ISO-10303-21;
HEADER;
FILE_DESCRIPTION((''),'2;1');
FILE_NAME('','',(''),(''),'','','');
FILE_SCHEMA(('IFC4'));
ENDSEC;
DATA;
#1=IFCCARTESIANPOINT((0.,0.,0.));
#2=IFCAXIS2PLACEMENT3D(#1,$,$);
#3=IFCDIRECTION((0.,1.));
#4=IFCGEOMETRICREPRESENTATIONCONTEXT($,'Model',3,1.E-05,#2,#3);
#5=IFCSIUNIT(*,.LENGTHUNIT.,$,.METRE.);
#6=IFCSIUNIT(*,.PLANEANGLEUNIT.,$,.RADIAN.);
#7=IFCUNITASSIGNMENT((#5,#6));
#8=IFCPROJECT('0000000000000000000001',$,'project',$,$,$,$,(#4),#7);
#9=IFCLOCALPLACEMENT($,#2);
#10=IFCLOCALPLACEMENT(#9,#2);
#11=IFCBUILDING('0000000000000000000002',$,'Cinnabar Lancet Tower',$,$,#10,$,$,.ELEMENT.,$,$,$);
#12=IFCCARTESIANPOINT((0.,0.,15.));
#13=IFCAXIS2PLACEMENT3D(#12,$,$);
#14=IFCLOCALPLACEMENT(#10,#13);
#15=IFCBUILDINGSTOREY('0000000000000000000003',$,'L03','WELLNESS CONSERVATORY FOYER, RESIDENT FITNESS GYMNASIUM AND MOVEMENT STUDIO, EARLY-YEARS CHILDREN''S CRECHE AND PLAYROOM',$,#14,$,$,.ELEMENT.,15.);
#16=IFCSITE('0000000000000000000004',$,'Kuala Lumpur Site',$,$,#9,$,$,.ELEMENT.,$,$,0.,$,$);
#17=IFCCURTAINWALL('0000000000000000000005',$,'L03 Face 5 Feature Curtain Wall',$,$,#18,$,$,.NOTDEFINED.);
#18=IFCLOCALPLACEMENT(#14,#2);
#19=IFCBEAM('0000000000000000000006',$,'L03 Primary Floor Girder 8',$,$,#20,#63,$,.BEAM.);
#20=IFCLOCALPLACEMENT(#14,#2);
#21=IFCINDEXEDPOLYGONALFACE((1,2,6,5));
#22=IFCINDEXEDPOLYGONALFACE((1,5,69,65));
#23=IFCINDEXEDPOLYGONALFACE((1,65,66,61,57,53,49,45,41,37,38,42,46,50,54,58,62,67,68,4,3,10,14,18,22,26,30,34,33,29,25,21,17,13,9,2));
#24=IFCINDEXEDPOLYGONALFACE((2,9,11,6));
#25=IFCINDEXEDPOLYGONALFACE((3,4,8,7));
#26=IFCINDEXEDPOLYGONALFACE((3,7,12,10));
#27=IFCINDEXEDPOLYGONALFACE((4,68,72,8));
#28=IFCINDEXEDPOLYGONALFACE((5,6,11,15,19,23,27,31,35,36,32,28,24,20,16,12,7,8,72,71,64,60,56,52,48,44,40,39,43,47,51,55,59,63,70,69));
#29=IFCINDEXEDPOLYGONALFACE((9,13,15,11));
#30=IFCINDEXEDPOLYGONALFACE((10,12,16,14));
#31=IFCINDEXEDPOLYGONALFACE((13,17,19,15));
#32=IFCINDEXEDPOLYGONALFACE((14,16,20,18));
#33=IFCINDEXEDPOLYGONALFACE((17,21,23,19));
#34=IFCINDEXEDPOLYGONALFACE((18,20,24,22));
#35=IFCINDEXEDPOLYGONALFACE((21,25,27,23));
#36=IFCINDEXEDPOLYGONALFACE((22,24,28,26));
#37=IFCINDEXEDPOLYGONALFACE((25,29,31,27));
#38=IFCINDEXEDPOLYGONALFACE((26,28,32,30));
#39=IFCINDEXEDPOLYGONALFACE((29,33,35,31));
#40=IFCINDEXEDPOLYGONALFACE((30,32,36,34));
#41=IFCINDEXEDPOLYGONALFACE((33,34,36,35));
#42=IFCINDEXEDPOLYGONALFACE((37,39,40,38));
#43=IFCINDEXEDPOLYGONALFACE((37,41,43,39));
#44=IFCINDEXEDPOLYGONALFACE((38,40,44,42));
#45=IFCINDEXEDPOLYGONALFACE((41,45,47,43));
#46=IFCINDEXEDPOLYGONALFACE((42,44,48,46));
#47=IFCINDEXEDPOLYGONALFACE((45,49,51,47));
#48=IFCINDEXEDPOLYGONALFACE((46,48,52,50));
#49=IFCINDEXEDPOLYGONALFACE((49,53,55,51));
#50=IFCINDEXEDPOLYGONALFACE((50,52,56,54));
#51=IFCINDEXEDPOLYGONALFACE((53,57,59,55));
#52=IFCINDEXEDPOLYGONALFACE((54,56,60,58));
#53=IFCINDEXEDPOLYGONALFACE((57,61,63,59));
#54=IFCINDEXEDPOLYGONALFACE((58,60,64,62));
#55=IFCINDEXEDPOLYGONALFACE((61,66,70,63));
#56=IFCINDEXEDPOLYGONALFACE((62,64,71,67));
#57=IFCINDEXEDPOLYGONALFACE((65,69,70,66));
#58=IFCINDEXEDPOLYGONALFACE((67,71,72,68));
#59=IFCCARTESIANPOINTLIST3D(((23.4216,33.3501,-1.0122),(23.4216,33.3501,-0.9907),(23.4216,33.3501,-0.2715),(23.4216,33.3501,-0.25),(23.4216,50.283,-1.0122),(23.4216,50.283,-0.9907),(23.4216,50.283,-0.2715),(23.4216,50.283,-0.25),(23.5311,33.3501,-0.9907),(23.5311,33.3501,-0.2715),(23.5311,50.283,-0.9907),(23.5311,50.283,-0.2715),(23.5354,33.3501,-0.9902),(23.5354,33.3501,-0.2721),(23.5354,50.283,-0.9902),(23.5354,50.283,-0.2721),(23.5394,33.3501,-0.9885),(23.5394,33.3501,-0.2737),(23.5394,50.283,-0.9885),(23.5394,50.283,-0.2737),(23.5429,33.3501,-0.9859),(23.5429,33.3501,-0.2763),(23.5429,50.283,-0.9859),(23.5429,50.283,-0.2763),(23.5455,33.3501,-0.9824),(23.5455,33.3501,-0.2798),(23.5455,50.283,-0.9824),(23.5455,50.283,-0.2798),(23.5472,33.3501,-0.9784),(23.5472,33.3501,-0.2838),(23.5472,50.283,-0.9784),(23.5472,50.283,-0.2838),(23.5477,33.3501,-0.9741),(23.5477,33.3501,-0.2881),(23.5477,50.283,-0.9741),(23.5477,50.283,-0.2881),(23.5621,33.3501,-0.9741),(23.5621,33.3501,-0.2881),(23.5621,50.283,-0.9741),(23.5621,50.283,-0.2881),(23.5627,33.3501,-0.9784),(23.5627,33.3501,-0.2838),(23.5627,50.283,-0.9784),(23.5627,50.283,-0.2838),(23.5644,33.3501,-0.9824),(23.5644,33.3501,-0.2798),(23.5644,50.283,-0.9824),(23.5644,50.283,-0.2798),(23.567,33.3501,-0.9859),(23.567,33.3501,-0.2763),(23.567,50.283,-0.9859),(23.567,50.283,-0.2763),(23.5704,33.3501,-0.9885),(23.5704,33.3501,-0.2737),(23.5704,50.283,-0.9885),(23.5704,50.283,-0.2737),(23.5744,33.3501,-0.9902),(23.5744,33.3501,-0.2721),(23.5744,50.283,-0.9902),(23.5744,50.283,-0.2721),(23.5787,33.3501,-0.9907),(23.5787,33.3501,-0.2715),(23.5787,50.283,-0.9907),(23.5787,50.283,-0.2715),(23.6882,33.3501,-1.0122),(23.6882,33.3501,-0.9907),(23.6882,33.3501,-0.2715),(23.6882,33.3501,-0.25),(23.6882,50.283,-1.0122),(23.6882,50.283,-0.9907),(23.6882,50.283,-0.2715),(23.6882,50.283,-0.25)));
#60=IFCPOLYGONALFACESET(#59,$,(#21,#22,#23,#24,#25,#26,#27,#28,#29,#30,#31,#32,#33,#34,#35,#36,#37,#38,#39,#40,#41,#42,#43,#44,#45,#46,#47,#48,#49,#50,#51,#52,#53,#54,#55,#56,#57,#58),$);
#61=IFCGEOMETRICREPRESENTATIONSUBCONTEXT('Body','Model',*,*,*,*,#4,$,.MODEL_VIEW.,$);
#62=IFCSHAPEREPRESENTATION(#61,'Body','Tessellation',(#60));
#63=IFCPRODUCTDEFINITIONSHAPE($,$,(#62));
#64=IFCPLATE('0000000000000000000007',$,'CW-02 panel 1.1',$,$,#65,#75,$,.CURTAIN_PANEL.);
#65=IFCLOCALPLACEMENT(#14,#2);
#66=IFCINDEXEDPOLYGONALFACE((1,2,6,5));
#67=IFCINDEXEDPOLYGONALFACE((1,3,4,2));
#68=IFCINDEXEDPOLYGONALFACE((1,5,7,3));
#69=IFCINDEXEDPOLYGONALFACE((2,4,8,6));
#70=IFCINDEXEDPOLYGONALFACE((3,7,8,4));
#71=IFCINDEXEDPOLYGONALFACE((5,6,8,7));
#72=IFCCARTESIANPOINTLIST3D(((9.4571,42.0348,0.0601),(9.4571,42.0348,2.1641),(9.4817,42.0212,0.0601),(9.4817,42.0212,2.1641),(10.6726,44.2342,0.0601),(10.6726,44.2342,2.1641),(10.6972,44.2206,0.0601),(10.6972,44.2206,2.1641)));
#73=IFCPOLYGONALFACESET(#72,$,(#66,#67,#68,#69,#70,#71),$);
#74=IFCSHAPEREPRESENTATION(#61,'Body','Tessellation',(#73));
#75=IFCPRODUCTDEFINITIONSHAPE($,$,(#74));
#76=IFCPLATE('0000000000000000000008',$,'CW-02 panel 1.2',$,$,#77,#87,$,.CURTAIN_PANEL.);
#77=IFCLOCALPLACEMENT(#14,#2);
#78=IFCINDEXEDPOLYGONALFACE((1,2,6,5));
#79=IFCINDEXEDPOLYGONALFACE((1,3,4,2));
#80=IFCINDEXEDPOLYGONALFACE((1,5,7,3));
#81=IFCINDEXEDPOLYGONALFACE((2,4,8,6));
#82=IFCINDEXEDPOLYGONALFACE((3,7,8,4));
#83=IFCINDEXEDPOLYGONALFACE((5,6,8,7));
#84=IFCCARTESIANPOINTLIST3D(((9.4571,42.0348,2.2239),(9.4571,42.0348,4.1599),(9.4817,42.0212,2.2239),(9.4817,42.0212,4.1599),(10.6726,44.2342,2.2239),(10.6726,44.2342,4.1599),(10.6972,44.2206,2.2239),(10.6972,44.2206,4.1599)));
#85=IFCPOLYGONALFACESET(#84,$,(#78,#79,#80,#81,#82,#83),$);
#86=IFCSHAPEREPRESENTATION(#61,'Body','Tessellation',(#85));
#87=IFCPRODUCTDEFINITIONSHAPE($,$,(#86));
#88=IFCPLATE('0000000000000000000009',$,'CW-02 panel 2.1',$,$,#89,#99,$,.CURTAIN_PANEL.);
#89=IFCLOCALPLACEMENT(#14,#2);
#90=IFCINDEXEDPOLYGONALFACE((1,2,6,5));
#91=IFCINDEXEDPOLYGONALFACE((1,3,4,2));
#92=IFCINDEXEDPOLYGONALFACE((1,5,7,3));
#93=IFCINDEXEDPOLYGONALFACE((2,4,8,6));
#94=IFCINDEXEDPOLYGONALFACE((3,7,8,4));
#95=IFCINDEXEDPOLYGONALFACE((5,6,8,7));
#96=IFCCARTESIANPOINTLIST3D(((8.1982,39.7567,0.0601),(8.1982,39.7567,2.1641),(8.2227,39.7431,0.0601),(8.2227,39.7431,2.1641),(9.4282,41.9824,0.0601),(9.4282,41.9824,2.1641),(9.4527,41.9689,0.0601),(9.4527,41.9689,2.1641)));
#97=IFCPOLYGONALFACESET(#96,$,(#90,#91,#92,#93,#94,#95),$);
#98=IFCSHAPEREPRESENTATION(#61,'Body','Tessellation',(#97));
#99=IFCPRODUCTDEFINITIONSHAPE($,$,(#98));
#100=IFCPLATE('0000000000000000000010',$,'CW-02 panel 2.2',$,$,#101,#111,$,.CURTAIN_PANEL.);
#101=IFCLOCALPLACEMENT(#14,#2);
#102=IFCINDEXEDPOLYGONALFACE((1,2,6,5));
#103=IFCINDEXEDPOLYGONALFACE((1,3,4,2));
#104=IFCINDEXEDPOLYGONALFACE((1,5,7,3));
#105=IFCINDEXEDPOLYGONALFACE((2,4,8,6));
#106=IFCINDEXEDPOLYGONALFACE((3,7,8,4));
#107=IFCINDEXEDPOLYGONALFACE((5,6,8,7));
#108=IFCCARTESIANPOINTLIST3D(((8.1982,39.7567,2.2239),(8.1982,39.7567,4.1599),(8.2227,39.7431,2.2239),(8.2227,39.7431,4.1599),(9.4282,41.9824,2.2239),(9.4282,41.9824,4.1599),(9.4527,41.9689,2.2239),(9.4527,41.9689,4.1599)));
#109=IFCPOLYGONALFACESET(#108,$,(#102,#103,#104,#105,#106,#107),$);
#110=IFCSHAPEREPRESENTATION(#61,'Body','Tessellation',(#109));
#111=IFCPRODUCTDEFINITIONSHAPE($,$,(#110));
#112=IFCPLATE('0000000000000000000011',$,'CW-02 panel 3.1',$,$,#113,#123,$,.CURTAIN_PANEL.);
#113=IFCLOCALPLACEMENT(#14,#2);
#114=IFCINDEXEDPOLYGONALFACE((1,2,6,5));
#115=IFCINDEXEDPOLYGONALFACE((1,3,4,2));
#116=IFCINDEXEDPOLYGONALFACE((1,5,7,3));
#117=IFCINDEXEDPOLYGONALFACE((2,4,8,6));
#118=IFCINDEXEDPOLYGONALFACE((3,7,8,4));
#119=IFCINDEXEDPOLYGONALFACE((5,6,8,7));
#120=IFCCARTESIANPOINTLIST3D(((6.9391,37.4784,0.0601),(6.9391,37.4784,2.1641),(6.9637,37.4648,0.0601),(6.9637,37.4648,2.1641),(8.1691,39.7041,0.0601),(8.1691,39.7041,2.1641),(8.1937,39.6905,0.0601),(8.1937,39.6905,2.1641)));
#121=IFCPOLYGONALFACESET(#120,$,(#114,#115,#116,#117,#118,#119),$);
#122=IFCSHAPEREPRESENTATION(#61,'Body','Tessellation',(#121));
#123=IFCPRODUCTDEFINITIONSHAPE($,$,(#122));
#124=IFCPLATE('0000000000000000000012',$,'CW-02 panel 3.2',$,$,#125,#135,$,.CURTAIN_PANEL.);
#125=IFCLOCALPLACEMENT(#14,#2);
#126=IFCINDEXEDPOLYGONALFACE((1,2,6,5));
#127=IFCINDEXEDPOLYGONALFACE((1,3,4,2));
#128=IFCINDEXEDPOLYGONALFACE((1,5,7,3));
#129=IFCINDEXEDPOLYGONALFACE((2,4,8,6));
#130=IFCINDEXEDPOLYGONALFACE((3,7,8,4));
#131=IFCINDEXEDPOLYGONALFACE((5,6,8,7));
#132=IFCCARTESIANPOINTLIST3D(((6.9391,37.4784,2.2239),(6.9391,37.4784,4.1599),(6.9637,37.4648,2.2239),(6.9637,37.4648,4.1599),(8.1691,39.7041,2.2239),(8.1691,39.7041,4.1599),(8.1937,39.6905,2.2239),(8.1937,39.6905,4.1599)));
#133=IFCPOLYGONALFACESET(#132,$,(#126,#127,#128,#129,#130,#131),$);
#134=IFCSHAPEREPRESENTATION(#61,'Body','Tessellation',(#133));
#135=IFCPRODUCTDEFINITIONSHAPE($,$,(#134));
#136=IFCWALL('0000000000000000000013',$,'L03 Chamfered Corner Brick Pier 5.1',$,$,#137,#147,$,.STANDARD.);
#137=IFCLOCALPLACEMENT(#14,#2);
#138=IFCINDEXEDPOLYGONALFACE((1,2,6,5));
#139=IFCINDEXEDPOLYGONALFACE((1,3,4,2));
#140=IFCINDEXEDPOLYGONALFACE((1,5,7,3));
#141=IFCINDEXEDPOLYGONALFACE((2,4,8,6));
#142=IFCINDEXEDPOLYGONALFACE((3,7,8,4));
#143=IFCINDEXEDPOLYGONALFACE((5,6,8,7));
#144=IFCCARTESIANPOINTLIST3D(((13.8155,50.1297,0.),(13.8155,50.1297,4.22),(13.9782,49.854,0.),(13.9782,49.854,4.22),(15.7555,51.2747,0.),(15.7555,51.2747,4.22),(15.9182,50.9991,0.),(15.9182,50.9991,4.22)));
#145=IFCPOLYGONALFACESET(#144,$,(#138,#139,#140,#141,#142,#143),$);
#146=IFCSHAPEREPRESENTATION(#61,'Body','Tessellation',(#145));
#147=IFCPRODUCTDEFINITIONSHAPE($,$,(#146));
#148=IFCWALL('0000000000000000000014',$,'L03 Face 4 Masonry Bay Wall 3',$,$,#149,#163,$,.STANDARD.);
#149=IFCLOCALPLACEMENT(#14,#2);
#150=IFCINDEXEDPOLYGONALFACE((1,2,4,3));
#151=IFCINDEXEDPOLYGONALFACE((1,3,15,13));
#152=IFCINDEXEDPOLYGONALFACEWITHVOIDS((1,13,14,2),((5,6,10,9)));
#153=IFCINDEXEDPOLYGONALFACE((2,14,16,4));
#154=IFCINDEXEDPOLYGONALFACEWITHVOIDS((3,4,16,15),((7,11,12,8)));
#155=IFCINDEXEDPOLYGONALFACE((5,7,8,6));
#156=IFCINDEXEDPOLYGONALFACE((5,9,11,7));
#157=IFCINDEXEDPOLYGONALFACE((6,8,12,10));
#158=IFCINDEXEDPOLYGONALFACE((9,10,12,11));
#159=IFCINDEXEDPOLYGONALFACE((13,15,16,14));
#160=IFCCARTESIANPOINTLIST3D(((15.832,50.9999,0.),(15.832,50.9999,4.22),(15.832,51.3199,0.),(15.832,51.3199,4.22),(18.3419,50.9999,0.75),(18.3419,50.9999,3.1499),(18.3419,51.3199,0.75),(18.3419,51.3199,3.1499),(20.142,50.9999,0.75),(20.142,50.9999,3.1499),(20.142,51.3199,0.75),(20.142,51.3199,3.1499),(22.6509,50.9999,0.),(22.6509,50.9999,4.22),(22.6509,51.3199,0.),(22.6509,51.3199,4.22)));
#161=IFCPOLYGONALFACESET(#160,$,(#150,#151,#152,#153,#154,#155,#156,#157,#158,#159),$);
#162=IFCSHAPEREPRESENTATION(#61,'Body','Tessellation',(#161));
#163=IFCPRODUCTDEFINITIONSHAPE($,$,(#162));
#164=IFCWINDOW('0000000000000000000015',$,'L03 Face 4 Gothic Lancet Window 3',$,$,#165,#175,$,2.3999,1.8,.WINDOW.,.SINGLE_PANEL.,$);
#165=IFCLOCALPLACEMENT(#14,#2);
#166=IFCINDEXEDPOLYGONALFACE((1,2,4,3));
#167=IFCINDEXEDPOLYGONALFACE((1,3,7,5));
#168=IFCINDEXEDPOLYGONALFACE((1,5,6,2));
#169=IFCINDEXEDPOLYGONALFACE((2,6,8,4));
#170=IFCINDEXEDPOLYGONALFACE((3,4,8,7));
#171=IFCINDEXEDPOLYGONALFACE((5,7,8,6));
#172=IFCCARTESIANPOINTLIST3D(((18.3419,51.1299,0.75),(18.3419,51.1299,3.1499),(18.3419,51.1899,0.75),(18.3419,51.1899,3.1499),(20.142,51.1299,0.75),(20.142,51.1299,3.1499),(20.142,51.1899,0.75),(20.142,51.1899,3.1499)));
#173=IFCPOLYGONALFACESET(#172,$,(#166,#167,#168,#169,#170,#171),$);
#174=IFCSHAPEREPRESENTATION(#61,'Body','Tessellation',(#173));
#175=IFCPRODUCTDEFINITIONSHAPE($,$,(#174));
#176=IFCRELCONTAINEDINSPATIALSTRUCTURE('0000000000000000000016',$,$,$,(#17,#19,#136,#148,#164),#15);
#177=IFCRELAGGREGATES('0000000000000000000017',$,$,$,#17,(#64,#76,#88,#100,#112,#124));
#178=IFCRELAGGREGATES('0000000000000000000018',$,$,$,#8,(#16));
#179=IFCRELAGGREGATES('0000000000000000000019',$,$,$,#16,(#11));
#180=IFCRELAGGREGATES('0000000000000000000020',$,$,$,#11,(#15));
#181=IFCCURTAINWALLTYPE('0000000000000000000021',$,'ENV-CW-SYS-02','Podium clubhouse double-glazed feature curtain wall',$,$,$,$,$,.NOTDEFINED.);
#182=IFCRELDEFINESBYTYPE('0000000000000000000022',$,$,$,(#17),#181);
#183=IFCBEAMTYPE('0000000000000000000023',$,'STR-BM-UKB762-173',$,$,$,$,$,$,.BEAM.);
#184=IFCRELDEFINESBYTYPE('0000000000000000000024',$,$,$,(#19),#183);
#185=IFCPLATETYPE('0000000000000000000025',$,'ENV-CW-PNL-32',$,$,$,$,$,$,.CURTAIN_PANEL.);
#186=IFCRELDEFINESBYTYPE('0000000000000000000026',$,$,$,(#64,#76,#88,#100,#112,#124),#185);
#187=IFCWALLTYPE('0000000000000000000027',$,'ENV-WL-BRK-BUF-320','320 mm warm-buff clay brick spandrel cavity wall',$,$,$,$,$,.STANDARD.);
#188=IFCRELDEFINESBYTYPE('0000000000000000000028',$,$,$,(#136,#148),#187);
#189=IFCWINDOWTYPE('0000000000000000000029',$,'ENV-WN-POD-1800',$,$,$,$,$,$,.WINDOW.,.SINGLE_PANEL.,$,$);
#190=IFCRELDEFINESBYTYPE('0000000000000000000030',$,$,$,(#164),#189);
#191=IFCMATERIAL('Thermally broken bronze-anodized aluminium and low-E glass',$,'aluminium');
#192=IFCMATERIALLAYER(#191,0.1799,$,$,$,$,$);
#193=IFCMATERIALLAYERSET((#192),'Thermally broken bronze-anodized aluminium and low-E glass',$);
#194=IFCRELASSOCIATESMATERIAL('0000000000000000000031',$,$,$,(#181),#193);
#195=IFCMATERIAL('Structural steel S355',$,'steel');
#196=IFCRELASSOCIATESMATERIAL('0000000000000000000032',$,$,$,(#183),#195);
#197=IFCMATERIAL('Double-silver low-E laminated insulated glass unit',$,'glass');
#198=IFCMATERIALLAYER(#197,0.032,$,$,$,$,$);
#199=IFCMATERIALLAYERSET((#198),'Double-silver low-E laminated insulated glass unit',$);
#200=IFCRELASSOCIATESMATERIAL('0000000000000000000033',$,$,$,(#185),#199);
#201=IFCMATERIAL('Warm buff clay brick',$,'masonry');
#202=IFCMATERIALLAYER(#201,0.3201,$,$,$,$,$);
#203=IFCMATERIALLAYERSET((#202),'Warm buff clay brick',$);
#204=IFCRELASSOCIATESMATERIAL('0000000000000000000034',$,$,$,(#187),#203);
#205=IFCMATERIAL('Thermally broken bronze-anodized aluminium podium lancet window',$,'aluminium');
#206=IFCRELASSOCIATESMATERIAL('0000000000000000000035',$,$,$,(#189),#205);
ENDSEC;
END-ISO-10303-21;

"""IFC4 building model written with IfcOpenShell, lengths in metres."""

from ifc_helpers import new_model, si_unit, direction, frame, frame_2d, origin, origin_2d, place, context, subcontext, project, spatial, rectangle, i_section, extrude, material, layer, layer_set, material_profile, profile_set, type_object, element, fill, aggregate, save


model = new_model("IFC4")

# Units and contexts
model_context = context("Model", 3, precision=1e-05, world=origin(), true_north=direction((0.0, 1.0)))
body_context = subcontext(model_context, "Body", "Model", "MODEL_VIEW")
ifc_project = project(units=[si_unit("LENGTHUNIT", "METRE"), si_unit("PLANEANGLEUNIT", "RADIAN")], contexts=[model_context])

# Site, building, storey
site_placement = place(None, origin())
site = spatial("IfcSite", under=ifc_project, at=site_placement, Name="Kuala Lumpur Site", CompositionType="ELEMENT", RefElevation=0.0)
building_placement = place(site_placement, origin())
building = spatial("IfcBuilding", under=site, at=building_placement, Name="Cinnabar Lancet Tower", CompositionType="ELEMENT")
storey_placement = place(building_placement, frame((0.0, 0.0, 15.0)))
storey = spatial("IfcBuildingStorey", under=building, at=storey_placement, Name="L03", Description="WELLNESS CONSERVATORY FOYER, RESIDENT FITNESS GYMNASIUM AND MOVEMENT STUDIO, EARLY-YEARS CHILDREN'S CRECHE AND PLAYROOM", CompositionType="ELEMENT", Elevation=15.0)

# Curtain wall
ifc_material_1 = material(Name="Thermally broken bronze-anodized aluminium and low-E glass", Category="aluminium")
ifc_layer_1 = layer(ifc_material_1, 0.1799)
ifc_layer_set_1 = layer_set([ifc_layer_1], Name="Thermally broken bronze-anodized aluminium and low-E glass")
curtain_wall_type = type_object("IfcCurtainWallType", Name="ENV-CW-SYS-02", Description="Podium clubhouse double-glazed feature curtain wall", PredefinedType="NOTDEFINED", material=ifc_layer_set_1)
curtain_wall_placement = place(storey_placement, origin())
curtain_wall = element("IfcCurtainWall", 1, at=curtain_wall_placement, inside=storey, type_object=curtain_wall_type, Name="L03 Face 5 Feature Curtain Wall", PredefinedType="NOTDEFINED")

# Beam
ifc_material_2 = material(Name="Structural steel S355", Category="steel")
ifc_material_profile_1 = material_profile(ifc_material_2, i_section(OverallWidth=0.2666, OverallDepth=0.7622, WebThickness=0.0144, FlangeThickness=0.0215, FilletRadius=0.0166, at=origin_2d()), Name="UKB 762x267x173")
ifc_profile_set_1 = profile_set([ifc_material_profile_1], Name="Structural steel S355")
beam_type_1 = type_object("IfcBeamType", Name="STR-BM-UKB762-173", PredefinedType="BEAM", material=ifc_profile_set_1)
beam_1_placement = place(storey_placement, frame((23.5549, 50.283, -0.6311), z_axis=(0.0, -1.0, 0.0), x_axis=(1.0, 0.0, 0.0)))
element("IfcBeam", 2, at=beam_1_placement, inside=storey, type_object=beam_type_1, Name="L03 Primary Floor Girder 8", PredefinedType="BEAM", context=body_context, shape_type="SweptSolid", body=[
    extrude(i_section(OverallWidth=0.2666, OverallDepth=0.7622, WebThickness=0.0144, FlangeThickness=0.0215, FilletRadius=0.0166, at=origin_2d()), origin(), (0.0, 0.0, 1.0), 16.9329),
])

# Plates
ifc_material_3 = material(Name="Double-silver low-E laminated insulated glass unit", Category="glass")
ifc_layer_2 = layer(ifc_material_3, 0.032)
ifc_layer_set_2 = layer_set([ifc_layer_2], Name="Double-silver low-E laminated insulated glass unit")
plate_type = type_object("IfcPlateType", Name="ENV-CW-PNL-32", PredefinedType="CURTAIN_PANEL", material=ifc_layer_set_2)
plate_1_placement = place(storey_placement, frame((10.0771, 43.1277, 0.0601), z_axis=(0.0, 0.0, 1.0), x_axis=(-0.483685, -0.875242, 0.0)))
plate_1 = element("IfcPlate", 3, at=plate_1_placement, type_object=plate_type, Name="CW-02 panel 1.1", PredefinedType="CURTAIN_PANEL", context=body_context, shape_type="SweptSolid", body=[
    extrude(rectangle(XDim=2.5129, YDim=0.0281, at=origin_2d()), origin(), (0.0, 0.0, 1.0), 2.104),
])
plate_2_placement = place(storey_placement, frame((10.0771, 43.1277, 2.2239), z_axis=(0.0, 0.0, 1.0), x_axis=(-0.483685, -0.875242, 0.0)))
plate_2 = element("IfcPlate", 4, at=plate_2_placement, type_object=plate_type, Name="CW-02 panel 1.2", PredefinedType="CURTAIN_PANEL", context=body_context, shape_type="SweptSolid", body=[
    extrude(rectangle(XDim=2.5129, YDim=0.0281, at=origin_2d()), origin(), (0.0, 0.0, 1.0), 1.936),
])
plate_3_placement = place(storey_placement, frame((8.8254, 40.8628, 0.0601), z_axis=(0.0, 0.0, 1.0), x_axis=(-0.483685, -0.875242, 0.0)))
plate_3 = element("IfcPlate", 5, at=plate_3_placement, type_object=plate_type, Name="CW-02 panel 2.1", PredefinedType="CURTAIN_PANEL", context=body_context, shape_type="SweptSolid", body=[
    extrude(rectangle(XDim=2.543, YDim=0.0281, at=origin_2d()), origin(), (0.0, 0.0, 1.0), 2.104),
])
plate_4_placement = place(storey_placement, frame((8.8254, 40.8628, 2.2239), z_axis=(0.0, 0.0, 1.0), x_axis=(-0.483685, -0.875242, 0.0)))
plate_4 = element("IfcPlate", 6, at=plate_4_placement, type_object=plate_type, Name="CW-02 panel 2.2", PredefinedType="CURTAIN_PANEL", context=body_context, shape_type="SweptSolid", body=[
    extrude(rectangle(XDim=2.543, YDim=0.0281, at=origin_2d()), origin(), (0.0, 0.0, 1.0), 1.936),
])
plate_5_placement = place(storey_placement, frame((7.5664, 38.5845, 0.0601), z_axis=(0.0, 0.0, 1.0), x_axis=(-0.483685, -0.875242, 0.0)))
plate_5 = element("IfcPlate", 7, at=plate_5_placement, type_object=plate_type, Name="CW-02 panel 3.1", PredefinedType="CURTAIN_PANEL", context=body_context, shape_type="SweptSolid", body=[
    extrude(rectangle(XDim=2.543, YDim=0.0281, at=origin_2d()), origin(), (0.0, 0.0, 1.0), 2.104),
])
plate_6_placement = place(storey_placement, frame((7.5664, 38.5845, 2.2239), z_axis=(0.0, 0.0, 1.0), x_axis=(-0.483685, -0.875242, 0.0)))
plate_6 = element("IfcPlate", 8, at=plate_6_placement, type_object=plate_type, Name="CW-02 panel 3.2", PredefinedType="CURTAIN_PANEL", context=body_context, shape_type="SweptSolid", body=[
    extrude(rectangle(XDim=2.543, YDim=0.0281, at=origin_2d()), origin(), (0.0, 0.0, 1.0), 1.936),
])
aggregate(curtain_wall, [plate_1, plate_2, plate_3, plate_4, plate_5, plate_6])

# Wall
ifc_material_4 = material(Name="Warm buff clay brick", Category="masonry")
ifc_layer_3 = layer(ifc_material_4, 0.3201)
ifc_layer_set_3 = layer_set([ifc_layer_3], Name="Warm buff clay brick")
wall_type = type_object("IfcWallType", Name="ENV-WL-BRK-BUF-320", Description="320 mm warm-buff clay brick spandrel cavity wall", PredefinedType="STANDARD", material=ifc_layer_set_3)
wall_1_placement = place(storey_placement, frame((15.8369, 51.137, 0.0), z_axis=(0.0, 0.0, 1.0), x_axis=(-0.861181, -0.508298, 0.0)))
element("IfcWall", 9, at=wall_1_placement, inside=storey, type_object=wall_type, Name="L03 Chamfered Corner Brick Pier 5.1", PredefinedType="STANDARD", context=body_context, shape_type="SweptSolid", body=[
    extrude(rectangle(XDim=2.2527, YDim=0.3201, at=frame_2d((1.1265, 0.0))), origin(), (0.0, 0.0, 1.0), 4.22),
])

# Wall, opening, window
wall_2_placement = place(storey_placement, frame((22.6509, 51.1599, 0.0), z_axis=(0.0, 0.0, 1.0), x_axis=(-1.0, 0.0, 0.0)))
wall_2 = element("IfcWall", 10, at=wall_2_placement, inside=storey, type_object=wall_type, Name="L03 Face 4 Masonry Bay Wall 3", PredefinedType="STANDARD", context=body_context, shape_type="SweptSolid", body=[
    extrude(rectangle(XDim=6.8188, YDim=0.3201, at=frame_2d((3.4094, 0.0))), origin(), (0.0, 0.0, 1.0), 4.22),
])
opening_1_placement = place(wall_2_placement, frame((2.509, 0.0, 0.75)))
opening_1 = element("IfcOpeningElement", 11, at=opening_1_placement, cuts=wall_2, PredefinedType="OPENING", context=body_context, shape_type="SweptSolid", body=[
    extrude(rectangle(XDim=1.8, YDim=2.3999, at=frame_2d((0.8999, 1.2))), frame((0.0, 0.1699, 0.0), z_axis=(0.0, -1.0, 0.0), x_axis=(1.0, 0.0, 0.0)), (0.0, 0.0, 1.0), 0.3401),
])
ifc_material_5 = material(Name="Thermally broken bronze-anodized aluminium podium lancet window", Category="aluminium")
window_type = type_object("IfcWindowType", Name="ENV-WN-POD-1800", PartitioningType="SINGLE_PANEL", PredefinedType="WINDOW", material=ifc_material_5)
window_1_placement = place(opening_1_placement, origin())
window_1 = element("IfcWindow", 12, at=window_1_placement, inside=storey, type_object=window_type, Name="L03 Face 4 Gothic Lancet Window 3", OverallHeight=2.3999, OverallWidth=1.8, PartitioningType="SINGLE_PANEL", PredefinedType="WINDOW", context=body_context, shape_type="SweptSolid", body=[
    extrude(rectangle(XDim=1.8, YDim=2.3999, at=frame_2d((0.8999, 1.2))), frame((0.0, 0.03, 0.0), z_axis=(0.0, -1.0, 0.0), x_axis=(1.0, 0.0, 0.0)), (0.0, 0.0, 1.0), 0.0601),
])
fill(opening_1, window_1)

save(model, "model.ifc")
